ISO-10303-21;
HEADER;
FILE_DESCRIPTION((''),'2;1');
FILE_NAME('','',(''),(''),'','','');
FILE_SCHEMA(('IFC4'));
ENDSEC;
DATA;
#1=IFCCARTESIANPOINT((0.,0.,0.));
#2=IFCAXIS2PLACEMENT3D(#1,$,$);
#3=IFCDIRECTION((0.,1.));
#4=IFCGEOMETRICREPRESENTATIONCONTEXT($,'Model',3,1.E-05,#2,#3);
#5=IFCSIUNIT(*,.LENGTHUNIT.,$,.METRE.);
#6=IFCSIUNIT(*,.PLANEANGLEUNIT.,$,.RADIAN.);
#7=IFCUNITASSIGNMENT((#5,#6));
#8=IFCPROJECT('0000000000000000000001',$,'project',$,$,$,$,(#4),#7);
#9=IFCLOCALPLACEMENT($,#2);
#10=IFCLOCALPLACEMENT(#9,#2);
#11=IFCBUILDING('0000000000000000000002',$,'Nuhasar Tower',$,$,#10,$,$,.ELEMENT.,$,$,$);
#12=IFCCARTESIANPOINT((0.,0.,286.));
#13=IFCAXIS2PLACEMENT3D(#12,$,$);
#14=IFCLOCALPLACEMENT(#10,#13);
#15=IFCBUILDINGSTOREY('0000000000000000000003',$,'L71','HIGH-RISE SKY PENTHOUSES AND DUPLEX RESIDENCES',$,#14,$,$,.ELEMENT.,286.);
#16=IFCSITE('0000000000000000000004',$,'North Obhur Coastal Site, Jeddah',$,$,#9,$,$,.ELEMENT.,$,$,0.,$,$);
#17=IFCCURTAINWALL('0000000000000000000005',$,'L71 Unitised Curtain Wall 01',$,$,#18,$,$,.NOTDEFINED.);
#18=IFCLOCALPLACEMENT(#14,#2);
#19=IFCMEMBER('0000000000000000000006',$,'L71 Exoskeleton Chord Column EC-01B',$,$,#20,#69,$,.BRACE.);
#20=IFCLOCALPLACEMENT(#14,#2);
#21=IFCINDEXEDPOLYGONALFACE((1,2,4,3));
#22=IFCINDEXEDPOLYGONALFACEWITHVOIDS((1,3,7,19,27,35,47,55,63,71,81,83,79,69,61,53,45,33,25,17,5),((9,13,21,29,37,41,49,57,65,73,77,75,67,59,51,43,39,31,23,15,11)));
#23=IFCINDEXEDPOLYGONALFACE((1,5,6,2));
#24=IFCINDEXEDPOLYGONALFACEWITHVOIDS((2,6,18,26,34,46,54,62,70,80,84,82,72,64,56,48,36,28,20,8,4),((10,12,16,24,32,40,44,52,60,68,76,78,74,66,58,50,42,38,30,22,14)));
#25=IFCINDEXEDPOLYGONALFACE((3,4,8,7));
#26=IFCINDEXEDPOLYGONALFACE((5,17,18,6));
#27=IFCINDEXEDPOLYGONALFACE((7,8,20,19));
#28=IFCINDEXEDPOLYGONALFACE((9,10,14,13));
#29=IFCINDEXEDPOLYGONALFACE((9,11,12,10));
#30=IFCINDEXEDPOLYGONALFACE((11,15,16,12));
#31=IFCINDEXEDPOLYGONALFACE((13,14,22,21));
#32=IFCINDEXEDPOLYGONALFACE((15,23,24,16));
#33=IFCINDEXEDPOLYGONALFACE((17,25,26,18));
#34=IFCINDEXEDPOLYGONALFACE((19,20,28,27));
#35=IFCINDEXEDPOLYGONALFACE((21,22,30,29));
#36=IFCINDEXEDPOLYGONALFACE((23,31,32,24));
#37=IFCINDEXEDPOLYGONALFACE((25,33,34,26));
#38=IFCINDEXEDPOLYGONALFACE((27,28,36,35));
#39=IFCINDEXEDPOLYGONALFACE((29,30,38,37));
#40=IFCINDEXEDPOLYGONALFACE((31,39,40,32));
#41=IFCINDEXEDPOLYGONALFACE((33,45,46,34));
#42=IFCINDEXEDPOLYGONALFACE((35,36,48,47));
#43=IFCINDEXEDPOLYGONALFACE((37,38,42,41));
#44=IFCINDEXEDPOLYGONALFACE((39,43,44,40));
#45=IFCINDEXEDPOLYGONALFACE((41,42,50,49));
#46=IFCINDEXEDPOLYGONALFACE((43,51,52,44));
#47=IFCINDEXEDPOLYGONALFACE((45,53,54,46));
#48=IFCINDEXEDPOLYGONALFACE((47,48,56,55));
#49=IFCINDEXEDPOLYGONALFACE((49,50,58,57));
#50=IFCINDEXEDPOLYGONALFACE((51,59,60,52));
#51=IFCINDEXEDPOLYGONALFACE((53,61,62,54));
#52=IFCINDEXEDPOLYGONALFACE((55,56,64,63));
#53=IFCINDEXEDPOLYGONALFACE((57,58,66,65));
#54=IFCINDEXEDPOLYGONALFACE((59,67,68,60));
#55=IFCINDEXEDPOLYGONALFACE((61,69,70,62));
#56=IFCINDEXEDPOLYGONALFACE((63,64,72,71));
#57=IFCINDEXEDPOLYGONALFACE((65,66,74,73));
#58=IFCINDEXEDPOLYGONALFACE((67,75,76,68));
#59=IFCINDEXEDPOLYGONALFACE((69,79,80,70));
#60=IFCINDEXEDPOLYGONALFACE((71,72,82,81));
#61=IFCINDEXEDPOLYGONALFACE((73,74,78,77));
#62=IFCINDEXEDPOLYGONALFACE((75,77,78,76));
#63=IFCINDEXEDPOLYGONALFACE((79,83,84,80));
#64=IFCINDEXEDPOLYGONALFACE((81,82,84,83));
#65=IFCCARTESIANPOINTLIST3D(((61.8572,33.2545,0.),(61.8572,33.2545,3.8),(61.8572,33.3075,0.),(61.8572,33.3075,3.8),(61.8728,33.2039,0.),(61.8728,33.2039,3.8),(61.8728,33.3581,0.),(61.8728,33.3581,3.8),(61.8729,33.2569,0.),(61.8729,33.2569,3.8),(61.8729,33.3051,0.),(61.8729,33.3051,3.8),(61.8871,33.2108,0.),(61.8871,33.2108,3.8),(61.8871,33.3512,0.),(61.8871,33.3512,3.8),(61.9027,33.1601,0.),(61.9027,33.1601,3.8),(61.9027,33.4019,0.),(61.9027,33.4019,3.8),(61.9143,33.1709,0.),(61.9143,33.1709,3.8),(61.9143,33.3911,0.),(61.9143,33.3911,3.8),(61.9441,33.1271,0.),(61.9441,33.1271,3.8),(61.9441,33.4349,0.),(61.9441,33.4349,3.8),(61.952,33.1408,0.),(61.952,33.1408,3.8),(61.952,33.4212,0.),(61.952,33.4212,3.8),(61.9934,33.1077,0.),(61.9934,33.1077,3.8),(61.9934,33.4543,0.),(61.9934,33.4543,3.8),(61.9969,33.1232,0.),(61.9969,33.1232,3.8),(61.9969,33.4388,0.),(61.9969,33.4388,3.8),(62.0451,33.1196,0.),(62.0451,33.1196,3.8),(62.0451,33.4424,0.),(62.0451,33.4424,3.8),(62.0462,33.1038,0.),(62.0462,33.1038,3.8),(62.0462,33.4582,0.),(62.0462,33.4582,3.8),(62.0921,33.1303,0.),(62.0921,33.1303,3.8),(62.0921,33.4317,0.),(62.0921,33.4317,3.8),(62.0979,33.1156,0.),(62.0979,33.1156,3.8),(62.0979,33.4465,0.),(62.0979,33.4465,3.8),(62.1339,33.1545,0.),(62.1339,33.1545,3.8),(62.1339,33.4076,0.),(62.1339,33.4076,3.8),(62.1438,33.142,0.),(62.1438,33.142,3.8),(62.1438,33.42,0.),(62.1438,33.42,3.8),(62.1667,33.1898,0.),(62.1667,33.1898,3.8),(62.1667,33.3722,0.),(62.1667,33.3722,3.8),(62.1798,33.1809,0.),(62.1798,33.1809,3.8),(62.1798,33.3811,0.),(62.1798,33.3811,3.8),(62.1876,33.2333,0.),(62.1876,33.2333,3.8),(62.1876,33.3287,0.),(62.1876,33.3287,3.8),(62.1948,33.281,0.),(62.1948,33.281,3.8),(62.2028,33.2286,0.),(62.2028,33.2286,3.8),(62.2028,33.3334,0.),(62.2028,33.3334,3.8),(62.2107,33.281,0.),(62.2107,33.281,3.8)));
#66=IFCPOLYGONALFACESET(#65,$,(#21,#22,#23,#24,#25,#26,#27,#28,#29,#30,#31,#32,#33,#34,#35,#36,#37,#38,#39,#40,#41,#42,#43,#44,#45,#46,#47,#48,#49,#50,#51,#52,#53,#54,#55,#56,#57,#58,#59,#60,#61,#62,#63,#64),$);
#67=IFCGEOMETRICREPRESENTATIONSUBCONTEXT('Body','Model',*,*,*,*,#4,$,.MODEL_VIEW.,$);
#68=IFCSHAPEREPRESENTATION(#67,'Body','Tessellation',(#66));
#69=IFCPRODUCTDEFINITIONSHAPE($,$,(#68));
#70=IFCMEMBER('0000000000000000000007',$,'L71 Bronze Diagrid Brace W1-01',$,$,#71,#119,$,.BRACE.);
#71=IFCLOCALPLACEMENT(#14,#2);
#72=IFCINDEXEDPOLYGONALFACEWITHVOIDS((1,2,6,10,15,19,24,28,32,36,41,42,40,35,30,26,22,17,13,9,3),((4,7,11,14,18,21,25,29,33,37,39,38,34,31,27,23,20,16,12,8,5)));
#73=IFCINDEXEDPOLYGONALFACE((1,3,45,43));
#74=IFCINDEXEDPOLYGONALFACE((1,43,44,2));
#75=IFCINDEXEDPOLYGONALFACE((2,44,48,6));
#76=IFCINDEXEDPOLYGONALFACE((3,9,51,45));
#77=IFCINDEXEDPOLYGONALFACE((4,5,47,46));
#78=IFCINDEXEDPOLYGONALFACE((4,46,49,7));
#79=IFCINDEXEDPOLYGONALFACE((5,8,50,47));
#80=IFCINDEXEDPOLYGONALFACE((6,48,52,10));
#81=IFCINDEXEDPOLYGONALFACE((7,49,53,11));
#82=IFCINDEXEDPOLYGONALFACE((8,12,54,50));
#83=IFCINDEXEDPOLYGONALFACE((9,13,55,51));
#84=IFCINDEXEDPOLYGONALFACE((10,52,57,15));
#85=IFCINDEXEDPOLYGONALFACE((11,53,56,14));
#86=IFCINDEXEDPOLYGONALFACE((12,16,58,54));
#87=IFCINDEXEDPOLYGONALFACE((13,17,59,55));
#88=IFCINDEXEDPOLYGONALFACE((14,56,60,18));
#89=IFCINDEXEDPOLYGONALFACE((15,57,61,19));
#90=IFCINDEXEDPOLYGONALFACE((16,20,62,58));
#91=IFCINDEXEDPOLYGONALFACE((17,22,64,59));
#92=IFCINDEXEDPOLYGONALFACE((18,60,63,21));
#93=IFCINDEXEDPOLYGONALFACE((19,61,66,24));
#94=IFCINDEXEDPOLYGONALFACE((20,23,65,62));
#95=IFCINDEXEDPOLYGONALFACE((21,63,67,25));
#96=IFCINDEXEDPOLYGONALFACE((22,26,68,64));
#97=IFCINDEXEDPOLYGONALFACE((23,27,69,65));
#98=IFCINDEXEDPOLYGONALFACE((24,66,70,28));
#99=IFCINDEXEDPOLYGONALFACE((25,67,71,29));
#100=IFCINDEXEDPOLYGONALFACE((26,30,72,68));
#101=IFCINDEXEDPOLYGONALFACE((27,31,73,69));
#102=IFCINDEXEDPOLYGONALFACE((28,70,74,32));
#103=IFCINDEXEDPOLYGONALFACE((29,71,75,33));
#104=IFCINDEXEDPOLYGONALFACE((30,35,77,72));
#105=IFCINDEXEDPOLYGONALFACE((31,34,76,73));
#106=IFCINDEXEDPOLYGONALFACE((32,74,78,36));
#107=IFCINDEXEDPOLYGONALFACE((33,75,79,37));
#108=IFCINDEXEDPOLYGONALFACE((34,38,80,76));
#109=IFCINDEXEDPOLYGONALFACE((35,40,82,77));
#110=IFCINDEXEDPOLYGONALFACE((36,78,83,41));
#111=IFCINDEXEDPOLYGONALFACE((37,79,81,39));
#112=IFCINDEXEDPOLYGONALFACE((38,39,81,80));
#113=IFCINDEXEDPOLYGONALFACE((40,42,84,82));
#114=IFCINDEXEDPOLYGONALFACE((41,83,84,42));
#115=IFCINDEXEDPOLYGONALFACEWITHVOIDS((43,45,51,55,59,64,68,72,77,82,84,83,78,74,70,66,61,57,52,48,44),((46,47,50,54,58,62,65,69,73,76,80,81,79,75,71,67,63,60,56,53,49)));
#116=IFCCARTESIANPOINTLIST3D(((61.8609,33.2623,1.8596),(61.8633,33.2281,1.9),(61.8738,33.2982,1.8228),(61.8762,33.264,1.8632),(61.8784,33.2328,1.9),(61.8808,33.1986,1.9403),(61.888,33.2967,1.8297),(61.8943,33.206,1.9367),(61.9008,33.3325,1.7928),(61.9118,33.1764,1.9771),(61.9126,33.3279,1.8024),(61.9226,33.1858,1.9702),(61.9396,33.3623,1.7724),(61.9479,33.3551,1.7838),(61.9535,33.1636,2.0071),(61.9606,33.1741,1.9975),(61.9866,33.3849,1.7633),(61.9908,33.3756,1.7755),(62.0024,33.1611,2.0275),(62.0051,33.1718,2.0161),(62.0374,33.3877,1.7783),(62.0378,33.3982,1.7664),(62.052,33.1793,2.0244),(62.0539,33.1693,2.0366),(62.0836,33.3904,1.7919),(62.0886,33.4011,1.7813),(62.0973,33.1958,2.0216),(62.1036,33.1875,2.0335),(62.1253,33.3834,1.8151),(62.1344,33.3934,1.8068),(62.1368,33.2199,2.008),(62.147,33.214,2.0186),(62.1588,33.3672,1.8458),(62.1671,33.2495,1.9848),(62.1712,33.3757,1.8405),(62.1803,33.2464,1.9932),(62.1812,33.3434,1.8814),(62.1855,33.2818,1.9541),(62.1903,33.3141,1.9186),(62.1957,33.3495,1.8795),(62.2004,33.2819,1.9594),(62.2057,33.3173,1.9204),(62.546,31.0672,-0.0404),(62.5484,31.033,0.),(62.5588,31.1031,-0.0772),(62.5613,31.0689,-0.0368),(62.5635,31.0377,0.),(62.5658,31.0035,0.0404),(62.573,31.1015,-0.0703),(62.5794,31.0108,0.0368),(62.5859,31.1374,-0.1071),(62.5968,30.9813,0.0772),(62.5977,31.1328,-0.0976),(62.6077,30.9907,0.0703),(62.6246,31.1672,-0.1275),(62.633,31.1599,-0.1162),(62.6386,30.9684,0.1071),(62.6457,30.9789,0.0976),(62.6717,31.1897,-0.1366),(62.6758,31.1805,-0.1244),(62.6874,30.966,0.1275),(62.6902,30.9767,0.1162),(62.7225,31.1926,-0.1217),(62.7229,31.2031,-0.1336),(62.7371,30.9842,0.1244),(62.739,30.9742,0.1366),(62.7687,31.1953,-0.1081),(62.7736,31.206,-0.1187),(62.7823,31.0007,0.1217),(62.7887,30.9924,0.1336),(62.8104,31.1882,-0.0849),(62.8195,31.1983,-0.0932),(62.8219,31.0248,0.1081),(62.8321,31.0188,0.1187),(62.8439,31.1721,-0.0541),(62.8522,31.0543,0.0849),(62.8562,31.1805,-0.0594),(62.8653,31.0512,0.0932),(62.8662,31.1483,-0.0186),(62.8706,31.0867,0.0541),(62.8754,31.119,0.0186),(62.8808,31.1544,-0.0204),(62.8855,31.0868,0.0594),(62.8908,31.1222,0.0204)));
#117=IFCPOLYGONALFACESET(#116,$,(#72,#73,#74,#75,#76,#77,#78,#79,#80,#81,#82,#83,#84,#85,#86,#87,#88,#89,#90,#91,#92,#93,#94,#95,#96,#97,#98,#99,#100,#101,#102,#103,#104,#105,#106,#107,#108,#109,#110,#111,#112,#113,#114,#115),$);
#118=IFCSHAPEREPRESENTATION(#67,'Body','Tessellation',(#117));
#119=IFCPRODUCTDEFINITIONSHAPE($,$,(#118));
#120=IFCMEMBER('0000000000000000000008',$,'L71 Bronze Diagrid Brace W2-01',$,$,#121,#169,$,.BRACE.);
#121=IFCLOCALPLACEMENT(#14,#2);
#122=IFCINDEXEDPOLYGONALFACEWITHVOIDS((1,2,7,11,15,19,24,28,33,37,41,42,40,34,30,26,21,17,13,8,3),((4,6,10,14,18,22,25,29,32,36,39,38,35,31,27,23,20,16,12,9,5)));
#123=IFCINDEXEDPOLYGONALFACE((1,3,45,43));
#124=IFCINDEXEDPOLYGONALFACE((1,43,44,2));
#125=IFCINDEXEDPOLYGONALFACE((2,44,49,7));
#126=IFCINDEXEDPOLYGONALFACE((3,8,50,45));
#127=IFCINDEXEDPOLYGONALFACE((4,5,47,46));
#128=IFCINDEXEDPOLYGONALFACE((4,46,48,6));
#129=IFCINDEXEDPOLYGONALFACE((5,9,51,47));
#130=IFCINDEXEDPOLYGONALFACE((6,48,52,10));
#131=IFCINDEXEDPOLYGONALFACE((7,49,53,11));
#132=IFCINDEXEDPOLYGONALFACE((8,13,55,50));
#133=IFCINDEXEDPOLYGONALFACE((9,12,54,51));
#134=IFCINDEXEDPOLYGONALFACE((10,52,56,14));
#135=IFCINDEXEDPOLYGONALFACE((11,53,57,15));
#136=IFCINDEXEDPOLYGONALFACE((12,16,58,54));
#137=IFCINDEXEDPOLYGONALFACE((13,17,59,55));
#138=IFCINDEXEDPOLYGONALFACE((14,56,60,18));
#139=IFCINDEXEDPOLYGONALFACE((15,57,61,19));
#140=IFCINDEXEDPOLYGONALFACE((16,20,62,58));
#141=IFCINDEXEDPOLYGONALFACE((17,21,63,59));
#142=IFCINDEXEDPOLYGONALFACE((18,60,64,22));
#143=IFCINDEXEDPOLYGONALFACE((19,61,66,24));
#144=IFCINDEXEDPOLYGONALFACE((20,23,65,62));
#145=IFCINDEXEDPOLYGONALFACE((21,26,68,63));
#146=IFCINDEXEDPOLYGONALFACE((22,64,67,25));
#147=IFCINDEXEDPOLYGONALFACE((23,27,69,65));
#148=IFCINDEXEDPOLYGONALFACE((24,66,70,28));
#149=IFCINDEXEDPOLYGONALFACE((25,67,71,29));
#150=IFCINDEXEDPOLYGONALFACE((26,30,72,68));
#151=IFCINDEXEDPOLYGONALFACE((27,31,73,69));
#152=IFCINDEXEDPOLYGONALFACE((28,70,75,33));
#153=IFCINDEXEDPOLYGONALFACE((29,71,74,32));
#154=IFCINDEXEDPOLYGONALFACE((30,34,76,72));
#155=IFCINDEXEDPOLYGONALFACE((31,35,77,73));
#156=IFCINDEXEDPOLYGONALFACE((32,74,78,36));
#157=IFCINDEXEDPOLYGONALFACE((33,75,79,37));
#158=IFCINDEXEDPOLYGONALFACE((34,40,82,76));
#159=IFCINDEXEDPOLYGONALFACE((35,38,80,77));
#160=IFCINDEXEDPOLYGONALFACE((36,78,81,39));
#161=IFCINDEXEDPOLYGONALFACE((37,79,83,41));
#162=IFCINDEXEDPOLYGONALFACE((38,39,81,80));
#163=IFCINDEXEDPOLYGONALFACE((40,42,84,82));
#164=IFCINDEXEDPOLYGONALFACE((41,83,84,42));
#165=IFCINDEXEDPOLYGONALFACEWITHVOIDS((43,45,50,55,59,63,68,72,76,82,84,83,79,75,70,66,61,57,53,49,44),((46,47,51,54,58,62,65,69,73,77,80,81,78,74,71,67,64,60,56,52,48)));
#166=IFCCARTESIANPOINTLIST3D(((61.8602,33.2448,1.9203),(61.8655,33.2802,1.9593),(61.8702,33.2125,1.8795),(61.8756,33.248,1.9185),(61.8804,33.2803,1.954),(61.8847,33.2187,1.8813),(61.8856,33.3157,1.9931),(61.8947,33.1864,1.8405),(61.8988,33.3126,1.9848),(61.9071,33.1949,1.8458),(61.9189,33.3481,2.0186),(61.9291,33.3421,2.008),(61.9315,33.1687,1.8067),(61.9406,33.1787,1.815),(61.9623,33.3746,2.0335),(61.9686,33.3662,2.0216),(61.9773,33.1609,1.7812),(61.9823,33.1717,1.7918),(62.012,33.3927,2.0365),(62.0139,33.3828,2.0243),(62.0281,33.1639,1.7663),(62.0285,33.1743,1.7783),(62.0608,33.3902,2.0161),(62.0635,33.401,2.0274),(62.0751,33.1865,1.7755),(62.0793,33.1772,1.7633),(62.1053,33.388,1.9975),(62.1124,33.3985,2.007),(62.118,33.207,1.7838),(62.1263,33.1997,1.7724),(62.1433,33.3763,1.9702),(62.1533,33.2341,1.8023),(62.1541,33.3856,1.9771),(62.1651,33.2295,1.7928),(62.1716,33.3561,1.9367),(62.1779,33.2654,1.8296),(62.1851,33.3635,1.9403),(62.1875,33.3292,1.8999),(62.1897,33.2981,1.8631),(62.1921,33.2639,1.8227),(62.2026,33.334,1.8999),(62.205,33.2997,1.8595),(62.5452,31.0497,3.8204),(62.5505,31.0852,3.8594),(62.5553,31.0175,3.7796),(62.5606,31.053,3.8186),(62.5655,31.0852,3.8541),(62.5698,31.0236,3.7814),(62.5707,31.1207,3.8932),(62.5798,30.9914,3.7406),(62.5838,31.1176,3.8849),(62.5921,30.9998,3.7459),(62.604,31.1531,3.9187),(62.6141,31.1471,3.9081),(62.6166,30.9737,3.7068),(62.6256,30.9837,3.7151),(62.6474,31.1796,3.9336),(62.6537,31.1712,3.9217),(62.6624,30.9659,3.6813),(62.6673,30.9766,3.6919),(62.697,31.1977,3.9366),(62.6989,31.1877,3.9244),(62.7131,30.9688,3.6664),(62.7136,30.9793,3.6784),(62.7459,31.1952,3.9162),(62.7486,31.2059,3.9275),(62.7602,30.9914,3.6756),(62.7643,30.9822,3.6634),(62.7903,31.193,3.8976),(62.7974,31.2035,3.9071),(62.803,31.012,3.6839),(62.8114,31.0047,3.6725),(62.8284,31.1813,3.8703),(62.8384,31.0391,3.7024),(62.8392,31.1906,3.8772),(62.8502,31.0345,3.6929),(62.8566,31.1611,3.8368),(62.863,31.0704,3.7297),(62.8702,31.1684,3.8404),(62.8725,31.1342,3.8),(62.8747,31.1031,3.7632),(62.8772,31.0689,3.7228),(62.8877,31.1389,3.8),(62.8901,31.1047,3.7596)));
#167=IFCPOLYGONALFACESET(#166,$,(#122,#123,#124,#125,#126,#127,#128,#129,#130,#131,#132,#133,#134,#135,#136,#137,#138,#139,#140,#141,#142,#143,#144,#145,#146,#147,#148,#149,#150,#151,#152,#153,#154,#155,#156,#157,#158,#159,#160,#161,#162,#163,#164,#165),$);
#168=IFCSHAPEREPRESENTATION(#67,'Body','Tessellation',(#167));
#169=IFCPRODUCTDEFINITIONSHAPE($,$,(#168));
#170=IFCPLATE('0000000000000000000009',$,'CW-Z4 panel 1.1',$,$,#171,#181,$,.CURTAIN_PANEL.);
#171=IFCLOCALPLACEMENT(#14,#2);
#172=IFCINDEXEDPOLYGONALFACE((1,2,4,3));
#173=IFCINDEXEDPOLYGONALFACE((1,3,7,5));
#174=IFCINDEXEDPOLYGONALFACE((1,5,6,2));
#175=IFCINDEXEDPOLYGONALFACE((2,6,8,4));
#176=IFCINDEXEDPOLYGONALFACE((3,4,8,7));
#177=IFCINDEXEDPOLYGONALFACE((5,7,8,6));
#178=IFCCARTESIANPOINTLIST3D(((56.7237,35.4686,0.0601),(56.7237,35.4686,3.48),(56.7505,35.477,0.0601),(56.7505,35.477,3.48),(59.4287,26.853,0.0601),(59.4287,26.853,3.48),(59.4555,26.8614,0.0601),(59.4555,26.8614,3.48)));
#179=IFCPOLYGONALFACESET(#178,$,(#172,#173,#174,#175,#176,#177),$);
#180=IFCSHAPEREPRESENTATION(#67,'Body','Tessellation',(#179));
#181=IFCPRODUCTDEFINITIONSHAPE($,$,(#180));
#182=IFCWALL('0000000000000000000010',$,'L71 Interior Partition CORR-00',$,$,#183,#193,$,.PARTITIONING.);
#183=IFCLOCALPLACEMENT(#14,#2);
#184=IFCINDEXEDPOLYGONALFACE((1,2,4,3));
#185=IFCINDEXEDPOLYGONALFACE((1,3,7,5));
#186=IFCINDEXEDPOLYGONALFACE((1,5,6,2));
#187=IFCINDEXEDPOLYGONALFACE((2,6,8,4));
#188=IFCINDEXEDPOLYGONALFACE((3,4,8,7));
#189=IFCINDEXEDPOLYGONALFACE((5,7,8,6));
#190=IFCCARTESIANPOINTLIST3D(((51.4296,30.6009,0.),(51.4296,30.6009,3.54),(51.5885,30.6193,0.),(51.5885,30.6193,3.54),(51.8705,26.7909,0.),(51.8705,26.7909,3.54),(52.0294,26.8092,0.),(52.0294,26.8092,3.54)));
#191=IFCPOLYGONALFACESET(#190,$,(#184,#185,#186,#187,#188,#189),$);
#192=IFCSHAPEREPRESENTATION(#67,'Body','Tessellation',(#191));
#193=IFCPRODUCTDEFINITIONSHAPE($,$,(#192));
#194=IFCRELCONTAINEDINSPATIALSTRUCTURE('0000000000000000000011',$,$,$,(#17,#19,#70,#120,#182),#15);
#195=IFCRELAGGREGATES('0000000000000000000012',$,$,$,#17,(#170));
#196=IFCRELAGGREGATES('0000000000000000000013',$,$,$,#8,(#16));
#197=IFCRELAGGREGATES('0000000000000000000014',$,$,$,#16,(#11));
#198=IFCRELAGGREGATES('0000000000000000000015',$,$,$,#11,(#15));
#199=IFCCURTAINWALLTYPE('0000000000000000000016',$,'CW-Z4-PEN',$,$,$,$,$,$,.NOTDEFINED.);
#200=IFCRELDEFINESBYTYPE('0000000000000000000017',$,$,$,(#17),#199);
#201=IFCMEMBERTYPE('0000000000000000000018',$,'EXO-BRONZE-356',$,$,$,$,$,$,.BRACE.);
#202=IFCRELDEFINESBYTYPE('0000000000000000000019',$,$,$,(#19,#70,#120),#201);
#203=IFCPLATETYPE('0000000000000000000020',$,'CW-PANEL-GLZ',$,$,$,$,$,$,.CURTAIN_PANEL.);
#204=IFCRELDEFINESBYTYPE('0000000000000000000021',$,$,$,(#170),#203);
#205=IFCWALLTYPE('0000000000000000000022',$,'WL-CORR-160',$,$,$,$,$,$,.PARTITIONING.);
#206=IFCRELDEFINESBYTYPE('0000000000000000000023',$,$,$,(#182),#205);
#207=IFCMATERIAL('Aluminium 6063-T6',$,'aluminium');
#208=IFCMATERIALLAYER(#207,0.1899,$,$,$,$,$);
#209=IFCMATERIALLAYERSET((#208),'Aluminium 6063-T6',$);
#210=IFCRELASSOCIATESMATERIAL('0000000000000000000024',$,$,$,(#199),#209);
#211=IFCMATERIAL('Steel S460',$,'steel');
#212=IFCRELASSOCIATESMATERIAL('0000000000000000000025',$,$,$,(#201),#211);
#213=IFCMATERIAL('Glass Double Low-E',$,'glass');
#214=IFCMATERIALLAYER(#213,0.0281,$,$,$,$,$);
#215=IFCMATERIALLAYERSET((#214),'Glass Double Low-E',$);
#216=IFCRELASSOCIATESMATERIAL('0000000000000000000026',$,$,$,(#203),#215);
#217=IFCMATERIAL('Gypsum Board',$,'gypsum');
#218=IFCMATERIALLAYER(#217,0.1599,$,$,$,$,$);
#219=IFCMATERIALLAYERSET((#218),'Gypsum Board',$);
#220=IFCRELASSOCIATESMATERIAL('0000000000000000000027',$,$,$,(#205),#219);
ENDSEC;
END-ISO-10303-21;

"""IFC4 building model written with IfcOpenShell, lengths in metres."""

from ifc_helpers import new_model, si_unit, direction, frame, frame_2d, origin, origin_2d, place, context, subcontext, project, spatial, rectangle, hollow_circle, extrude, material, layer, layer_set, material_profile, profile_set, type_object, element, aggregate, save


model = new_model("IFC4")

# Units and contexts
model_context = context("Model", 3, precision=1e-05, world=origin(), true_north=direction((0.0, 1.0)))
body_context = subcontext(model_context, "Body", "Model", "MODEL_VIEW")
ifc_project = project(units=[si_unit("LENGTHUNIT", "METRE"), si_unit("PLANEANGLEUNIT", "RADIAN")], contexts=[model_context])

# Site, building, storey
site_placement = place(None, origin())
site = spatial("IfcSite", under=ifc_project, at=site_placement, Name="North Obhur Coastal Site, Jeddah", CompositionType="ELEMENT", RefElevation=0.0)
building_placement = place(site_placement, origin())
building = spatial("IfcBuilding", under=site, at=building_placement, Name="Nuhasar Tower", CompositionType="ELEMENT")
storey_placement = place(building_placement, frame((0.0, 0.0, 286.0)))
storey = spatial("IfcBuildingStorey", under=building, at=storey_placement, Name="L71", Description="HIGH-RISE SKY PENTHOUSES AND DUPLEX RESIDENCES", CompositionType="ELEMENT", Elevation=286.0)

# Curtain wall
ifc_material_1 = material(Name="Aluminium 6063-T6", Category="aluminium")
ifc_layer_1 = layer(ifc_material_1, 0.1899)
ifc_layer_set_1 = layer_set([ifc_layer_1], Name="Aluminium 6063-T6")
curtain_wall_type = type_object("IfcCurtainWallType", Name="CW-Z4-PEN", PredefinedType="NOTDEFINED", material=ifc_layer_set_1)
curtain_wall_1_placement = place(storey_placement, origin())
curtain_wall_1 = element("IfcCurtainWall", 1, at=curtain_wall_1_placement, inside=storey, type_object=curtain_wall_type, Name="L71 Unitised Curtain Wall 01", PredefinedType="NOTDEFINED")

# Members
ifc_material_2 = material(Name="Steel S460", Category="steel")
ifc_material_profile_1 = material_profile(ifc_material_2, hollow_circle(Radius=0.1777, WallThickness=0.0159, at=origin_2d()), Name="HSS355.6X15.9")
ifc_profile_set_1 = profile_set([ifc_material_profile_1], Name="Steel S460")
member_type_1 = type_object("IfcMemberType", Name="EXO-BRONZE-356", PredefinedType="BRACE", material=ifc_profile_set_1)
for number, where, z_axis, x_axis, name in (
    (2, (62.033, 33.281, 0.0), (0.0, 0.0, 1.0), (1.0, 0.0, 0.0), "L71 Exoskeleton Chord Column EC-01B"),
):
    element("IfcMember", number, at=place(storey_placement, frame(where, z_axis=z_axis, x_axis=x_axis)), inside=storey, type_object=member_type_1, Name=name, PredefinedType="BRACE", context=body_context, shape_type="SweptSolid", body=[
        extrude(hollow_circle(Radius=0.1777, WallThickness=0.0159, at=origin_2d()), origin(), (0.0, 0.0, 1.0), 3.8),
    ])
for number, where, z_axis, x_axis, name in (
    (3, (62.718, 31.0859, 0.0), (-0.229668, 0.735902, 0.636947), (-0.954591, -0.297918, 0.0), "L71 Bronze Diagrid Brace W1-01"),
    (4, (62.033, 33.281, 1.8999), (0.229656, -0.735864, 0.636995), (0.954591, 0.297918, 0.0), "L71 Bronze Diagrid Brace W2-01"),
):
    element("IfcMember", number, at=place(storey_placement, frame(where, z_axis=z_axis, x_axis=x_axis)), inside=storey, type_object=member_type_1, Name=name, PredefinedType="BRACE", context=body_context, shape_type="SweptSolid", body=[
        extrude(hollow_circle(Radius=0.1777, WallThickness=0.0159, at=origin_2d()), origin(), (0.0, 0.0, 1.0), 2.9829),
    ])

# Plate
ifc_material_3 = material(Name="Glass Double Low-E", Category="glass")
ifc_layer_2 = layer(ifc_material_3, 0.0281)
ifc_layer_set_2 = layer_set([ifc_layer_2], Name="Glass Double Low-E")
plate_type = type_object("IfcPlateType", Name="CW-PANEL-GLZ", PredefinedType="CURTAIN_PANEL", material=ifc_layer_set_2)
plate_placement = place(storey_placement, frame((58.0896, 31.165, 0.0601), z_axis=(0.0, 0.0, 1.0), x_axis=(-0.299557, 0.954079, 0.0)))
plate = element("IfcPlate", 5, at=plate_placement, type_object=plate_type, Name="CW-Z4 panel 1.1", PredefinedType="CURTAIN_PANEL", context=body_context, shape_type="SweptSolid", body=[
    extrude(rectangle(XDim=9.0303, YDim=0.0281, at=origin_2d()), origin(), (0.0, 0.0, 1.0), 3.4199),
])
aggregate(curtain_wall_1, [plate])

# Shared definitions
ifc_material_4 = material(Name="Gypsum Board", Category="gypsum")
ifc_layer_3 = layer(ifc_material_4, 0.1599)
ifc_layer_set_3 = layer_set([ifc_layer_3], Name="Gypsum Board")
wall_type_1 = type_object("IfcWallType", Name="WL-CORR-160", PredefinedType="PARTITIONING", material=ifc_layer_set_3)

# Wall
wall_1_placement = place(storey_placement, frame((51.95, 26.8, 0.0), z_axis=(0.0, 0.0, 1.0), x_axis=(-0.114958, 0.99337, 0.0)))
element("IfcWall", 6, at=wall_1_placement, inside=storey, type_object=wall_type_1, Name="L71 Interior Partition CORR-00", PredefinedType="PARTITIONING", context=body_context, shape_type="SweptSolid", body=[
    extrude(rectangle(XDim=3.8354, YDim=0.1599, at=frame_2d((1.9177, 0.0))), origin(), (0.0, 0.0, 1.0), 3.54),
])

save(model, "model.ifc")
